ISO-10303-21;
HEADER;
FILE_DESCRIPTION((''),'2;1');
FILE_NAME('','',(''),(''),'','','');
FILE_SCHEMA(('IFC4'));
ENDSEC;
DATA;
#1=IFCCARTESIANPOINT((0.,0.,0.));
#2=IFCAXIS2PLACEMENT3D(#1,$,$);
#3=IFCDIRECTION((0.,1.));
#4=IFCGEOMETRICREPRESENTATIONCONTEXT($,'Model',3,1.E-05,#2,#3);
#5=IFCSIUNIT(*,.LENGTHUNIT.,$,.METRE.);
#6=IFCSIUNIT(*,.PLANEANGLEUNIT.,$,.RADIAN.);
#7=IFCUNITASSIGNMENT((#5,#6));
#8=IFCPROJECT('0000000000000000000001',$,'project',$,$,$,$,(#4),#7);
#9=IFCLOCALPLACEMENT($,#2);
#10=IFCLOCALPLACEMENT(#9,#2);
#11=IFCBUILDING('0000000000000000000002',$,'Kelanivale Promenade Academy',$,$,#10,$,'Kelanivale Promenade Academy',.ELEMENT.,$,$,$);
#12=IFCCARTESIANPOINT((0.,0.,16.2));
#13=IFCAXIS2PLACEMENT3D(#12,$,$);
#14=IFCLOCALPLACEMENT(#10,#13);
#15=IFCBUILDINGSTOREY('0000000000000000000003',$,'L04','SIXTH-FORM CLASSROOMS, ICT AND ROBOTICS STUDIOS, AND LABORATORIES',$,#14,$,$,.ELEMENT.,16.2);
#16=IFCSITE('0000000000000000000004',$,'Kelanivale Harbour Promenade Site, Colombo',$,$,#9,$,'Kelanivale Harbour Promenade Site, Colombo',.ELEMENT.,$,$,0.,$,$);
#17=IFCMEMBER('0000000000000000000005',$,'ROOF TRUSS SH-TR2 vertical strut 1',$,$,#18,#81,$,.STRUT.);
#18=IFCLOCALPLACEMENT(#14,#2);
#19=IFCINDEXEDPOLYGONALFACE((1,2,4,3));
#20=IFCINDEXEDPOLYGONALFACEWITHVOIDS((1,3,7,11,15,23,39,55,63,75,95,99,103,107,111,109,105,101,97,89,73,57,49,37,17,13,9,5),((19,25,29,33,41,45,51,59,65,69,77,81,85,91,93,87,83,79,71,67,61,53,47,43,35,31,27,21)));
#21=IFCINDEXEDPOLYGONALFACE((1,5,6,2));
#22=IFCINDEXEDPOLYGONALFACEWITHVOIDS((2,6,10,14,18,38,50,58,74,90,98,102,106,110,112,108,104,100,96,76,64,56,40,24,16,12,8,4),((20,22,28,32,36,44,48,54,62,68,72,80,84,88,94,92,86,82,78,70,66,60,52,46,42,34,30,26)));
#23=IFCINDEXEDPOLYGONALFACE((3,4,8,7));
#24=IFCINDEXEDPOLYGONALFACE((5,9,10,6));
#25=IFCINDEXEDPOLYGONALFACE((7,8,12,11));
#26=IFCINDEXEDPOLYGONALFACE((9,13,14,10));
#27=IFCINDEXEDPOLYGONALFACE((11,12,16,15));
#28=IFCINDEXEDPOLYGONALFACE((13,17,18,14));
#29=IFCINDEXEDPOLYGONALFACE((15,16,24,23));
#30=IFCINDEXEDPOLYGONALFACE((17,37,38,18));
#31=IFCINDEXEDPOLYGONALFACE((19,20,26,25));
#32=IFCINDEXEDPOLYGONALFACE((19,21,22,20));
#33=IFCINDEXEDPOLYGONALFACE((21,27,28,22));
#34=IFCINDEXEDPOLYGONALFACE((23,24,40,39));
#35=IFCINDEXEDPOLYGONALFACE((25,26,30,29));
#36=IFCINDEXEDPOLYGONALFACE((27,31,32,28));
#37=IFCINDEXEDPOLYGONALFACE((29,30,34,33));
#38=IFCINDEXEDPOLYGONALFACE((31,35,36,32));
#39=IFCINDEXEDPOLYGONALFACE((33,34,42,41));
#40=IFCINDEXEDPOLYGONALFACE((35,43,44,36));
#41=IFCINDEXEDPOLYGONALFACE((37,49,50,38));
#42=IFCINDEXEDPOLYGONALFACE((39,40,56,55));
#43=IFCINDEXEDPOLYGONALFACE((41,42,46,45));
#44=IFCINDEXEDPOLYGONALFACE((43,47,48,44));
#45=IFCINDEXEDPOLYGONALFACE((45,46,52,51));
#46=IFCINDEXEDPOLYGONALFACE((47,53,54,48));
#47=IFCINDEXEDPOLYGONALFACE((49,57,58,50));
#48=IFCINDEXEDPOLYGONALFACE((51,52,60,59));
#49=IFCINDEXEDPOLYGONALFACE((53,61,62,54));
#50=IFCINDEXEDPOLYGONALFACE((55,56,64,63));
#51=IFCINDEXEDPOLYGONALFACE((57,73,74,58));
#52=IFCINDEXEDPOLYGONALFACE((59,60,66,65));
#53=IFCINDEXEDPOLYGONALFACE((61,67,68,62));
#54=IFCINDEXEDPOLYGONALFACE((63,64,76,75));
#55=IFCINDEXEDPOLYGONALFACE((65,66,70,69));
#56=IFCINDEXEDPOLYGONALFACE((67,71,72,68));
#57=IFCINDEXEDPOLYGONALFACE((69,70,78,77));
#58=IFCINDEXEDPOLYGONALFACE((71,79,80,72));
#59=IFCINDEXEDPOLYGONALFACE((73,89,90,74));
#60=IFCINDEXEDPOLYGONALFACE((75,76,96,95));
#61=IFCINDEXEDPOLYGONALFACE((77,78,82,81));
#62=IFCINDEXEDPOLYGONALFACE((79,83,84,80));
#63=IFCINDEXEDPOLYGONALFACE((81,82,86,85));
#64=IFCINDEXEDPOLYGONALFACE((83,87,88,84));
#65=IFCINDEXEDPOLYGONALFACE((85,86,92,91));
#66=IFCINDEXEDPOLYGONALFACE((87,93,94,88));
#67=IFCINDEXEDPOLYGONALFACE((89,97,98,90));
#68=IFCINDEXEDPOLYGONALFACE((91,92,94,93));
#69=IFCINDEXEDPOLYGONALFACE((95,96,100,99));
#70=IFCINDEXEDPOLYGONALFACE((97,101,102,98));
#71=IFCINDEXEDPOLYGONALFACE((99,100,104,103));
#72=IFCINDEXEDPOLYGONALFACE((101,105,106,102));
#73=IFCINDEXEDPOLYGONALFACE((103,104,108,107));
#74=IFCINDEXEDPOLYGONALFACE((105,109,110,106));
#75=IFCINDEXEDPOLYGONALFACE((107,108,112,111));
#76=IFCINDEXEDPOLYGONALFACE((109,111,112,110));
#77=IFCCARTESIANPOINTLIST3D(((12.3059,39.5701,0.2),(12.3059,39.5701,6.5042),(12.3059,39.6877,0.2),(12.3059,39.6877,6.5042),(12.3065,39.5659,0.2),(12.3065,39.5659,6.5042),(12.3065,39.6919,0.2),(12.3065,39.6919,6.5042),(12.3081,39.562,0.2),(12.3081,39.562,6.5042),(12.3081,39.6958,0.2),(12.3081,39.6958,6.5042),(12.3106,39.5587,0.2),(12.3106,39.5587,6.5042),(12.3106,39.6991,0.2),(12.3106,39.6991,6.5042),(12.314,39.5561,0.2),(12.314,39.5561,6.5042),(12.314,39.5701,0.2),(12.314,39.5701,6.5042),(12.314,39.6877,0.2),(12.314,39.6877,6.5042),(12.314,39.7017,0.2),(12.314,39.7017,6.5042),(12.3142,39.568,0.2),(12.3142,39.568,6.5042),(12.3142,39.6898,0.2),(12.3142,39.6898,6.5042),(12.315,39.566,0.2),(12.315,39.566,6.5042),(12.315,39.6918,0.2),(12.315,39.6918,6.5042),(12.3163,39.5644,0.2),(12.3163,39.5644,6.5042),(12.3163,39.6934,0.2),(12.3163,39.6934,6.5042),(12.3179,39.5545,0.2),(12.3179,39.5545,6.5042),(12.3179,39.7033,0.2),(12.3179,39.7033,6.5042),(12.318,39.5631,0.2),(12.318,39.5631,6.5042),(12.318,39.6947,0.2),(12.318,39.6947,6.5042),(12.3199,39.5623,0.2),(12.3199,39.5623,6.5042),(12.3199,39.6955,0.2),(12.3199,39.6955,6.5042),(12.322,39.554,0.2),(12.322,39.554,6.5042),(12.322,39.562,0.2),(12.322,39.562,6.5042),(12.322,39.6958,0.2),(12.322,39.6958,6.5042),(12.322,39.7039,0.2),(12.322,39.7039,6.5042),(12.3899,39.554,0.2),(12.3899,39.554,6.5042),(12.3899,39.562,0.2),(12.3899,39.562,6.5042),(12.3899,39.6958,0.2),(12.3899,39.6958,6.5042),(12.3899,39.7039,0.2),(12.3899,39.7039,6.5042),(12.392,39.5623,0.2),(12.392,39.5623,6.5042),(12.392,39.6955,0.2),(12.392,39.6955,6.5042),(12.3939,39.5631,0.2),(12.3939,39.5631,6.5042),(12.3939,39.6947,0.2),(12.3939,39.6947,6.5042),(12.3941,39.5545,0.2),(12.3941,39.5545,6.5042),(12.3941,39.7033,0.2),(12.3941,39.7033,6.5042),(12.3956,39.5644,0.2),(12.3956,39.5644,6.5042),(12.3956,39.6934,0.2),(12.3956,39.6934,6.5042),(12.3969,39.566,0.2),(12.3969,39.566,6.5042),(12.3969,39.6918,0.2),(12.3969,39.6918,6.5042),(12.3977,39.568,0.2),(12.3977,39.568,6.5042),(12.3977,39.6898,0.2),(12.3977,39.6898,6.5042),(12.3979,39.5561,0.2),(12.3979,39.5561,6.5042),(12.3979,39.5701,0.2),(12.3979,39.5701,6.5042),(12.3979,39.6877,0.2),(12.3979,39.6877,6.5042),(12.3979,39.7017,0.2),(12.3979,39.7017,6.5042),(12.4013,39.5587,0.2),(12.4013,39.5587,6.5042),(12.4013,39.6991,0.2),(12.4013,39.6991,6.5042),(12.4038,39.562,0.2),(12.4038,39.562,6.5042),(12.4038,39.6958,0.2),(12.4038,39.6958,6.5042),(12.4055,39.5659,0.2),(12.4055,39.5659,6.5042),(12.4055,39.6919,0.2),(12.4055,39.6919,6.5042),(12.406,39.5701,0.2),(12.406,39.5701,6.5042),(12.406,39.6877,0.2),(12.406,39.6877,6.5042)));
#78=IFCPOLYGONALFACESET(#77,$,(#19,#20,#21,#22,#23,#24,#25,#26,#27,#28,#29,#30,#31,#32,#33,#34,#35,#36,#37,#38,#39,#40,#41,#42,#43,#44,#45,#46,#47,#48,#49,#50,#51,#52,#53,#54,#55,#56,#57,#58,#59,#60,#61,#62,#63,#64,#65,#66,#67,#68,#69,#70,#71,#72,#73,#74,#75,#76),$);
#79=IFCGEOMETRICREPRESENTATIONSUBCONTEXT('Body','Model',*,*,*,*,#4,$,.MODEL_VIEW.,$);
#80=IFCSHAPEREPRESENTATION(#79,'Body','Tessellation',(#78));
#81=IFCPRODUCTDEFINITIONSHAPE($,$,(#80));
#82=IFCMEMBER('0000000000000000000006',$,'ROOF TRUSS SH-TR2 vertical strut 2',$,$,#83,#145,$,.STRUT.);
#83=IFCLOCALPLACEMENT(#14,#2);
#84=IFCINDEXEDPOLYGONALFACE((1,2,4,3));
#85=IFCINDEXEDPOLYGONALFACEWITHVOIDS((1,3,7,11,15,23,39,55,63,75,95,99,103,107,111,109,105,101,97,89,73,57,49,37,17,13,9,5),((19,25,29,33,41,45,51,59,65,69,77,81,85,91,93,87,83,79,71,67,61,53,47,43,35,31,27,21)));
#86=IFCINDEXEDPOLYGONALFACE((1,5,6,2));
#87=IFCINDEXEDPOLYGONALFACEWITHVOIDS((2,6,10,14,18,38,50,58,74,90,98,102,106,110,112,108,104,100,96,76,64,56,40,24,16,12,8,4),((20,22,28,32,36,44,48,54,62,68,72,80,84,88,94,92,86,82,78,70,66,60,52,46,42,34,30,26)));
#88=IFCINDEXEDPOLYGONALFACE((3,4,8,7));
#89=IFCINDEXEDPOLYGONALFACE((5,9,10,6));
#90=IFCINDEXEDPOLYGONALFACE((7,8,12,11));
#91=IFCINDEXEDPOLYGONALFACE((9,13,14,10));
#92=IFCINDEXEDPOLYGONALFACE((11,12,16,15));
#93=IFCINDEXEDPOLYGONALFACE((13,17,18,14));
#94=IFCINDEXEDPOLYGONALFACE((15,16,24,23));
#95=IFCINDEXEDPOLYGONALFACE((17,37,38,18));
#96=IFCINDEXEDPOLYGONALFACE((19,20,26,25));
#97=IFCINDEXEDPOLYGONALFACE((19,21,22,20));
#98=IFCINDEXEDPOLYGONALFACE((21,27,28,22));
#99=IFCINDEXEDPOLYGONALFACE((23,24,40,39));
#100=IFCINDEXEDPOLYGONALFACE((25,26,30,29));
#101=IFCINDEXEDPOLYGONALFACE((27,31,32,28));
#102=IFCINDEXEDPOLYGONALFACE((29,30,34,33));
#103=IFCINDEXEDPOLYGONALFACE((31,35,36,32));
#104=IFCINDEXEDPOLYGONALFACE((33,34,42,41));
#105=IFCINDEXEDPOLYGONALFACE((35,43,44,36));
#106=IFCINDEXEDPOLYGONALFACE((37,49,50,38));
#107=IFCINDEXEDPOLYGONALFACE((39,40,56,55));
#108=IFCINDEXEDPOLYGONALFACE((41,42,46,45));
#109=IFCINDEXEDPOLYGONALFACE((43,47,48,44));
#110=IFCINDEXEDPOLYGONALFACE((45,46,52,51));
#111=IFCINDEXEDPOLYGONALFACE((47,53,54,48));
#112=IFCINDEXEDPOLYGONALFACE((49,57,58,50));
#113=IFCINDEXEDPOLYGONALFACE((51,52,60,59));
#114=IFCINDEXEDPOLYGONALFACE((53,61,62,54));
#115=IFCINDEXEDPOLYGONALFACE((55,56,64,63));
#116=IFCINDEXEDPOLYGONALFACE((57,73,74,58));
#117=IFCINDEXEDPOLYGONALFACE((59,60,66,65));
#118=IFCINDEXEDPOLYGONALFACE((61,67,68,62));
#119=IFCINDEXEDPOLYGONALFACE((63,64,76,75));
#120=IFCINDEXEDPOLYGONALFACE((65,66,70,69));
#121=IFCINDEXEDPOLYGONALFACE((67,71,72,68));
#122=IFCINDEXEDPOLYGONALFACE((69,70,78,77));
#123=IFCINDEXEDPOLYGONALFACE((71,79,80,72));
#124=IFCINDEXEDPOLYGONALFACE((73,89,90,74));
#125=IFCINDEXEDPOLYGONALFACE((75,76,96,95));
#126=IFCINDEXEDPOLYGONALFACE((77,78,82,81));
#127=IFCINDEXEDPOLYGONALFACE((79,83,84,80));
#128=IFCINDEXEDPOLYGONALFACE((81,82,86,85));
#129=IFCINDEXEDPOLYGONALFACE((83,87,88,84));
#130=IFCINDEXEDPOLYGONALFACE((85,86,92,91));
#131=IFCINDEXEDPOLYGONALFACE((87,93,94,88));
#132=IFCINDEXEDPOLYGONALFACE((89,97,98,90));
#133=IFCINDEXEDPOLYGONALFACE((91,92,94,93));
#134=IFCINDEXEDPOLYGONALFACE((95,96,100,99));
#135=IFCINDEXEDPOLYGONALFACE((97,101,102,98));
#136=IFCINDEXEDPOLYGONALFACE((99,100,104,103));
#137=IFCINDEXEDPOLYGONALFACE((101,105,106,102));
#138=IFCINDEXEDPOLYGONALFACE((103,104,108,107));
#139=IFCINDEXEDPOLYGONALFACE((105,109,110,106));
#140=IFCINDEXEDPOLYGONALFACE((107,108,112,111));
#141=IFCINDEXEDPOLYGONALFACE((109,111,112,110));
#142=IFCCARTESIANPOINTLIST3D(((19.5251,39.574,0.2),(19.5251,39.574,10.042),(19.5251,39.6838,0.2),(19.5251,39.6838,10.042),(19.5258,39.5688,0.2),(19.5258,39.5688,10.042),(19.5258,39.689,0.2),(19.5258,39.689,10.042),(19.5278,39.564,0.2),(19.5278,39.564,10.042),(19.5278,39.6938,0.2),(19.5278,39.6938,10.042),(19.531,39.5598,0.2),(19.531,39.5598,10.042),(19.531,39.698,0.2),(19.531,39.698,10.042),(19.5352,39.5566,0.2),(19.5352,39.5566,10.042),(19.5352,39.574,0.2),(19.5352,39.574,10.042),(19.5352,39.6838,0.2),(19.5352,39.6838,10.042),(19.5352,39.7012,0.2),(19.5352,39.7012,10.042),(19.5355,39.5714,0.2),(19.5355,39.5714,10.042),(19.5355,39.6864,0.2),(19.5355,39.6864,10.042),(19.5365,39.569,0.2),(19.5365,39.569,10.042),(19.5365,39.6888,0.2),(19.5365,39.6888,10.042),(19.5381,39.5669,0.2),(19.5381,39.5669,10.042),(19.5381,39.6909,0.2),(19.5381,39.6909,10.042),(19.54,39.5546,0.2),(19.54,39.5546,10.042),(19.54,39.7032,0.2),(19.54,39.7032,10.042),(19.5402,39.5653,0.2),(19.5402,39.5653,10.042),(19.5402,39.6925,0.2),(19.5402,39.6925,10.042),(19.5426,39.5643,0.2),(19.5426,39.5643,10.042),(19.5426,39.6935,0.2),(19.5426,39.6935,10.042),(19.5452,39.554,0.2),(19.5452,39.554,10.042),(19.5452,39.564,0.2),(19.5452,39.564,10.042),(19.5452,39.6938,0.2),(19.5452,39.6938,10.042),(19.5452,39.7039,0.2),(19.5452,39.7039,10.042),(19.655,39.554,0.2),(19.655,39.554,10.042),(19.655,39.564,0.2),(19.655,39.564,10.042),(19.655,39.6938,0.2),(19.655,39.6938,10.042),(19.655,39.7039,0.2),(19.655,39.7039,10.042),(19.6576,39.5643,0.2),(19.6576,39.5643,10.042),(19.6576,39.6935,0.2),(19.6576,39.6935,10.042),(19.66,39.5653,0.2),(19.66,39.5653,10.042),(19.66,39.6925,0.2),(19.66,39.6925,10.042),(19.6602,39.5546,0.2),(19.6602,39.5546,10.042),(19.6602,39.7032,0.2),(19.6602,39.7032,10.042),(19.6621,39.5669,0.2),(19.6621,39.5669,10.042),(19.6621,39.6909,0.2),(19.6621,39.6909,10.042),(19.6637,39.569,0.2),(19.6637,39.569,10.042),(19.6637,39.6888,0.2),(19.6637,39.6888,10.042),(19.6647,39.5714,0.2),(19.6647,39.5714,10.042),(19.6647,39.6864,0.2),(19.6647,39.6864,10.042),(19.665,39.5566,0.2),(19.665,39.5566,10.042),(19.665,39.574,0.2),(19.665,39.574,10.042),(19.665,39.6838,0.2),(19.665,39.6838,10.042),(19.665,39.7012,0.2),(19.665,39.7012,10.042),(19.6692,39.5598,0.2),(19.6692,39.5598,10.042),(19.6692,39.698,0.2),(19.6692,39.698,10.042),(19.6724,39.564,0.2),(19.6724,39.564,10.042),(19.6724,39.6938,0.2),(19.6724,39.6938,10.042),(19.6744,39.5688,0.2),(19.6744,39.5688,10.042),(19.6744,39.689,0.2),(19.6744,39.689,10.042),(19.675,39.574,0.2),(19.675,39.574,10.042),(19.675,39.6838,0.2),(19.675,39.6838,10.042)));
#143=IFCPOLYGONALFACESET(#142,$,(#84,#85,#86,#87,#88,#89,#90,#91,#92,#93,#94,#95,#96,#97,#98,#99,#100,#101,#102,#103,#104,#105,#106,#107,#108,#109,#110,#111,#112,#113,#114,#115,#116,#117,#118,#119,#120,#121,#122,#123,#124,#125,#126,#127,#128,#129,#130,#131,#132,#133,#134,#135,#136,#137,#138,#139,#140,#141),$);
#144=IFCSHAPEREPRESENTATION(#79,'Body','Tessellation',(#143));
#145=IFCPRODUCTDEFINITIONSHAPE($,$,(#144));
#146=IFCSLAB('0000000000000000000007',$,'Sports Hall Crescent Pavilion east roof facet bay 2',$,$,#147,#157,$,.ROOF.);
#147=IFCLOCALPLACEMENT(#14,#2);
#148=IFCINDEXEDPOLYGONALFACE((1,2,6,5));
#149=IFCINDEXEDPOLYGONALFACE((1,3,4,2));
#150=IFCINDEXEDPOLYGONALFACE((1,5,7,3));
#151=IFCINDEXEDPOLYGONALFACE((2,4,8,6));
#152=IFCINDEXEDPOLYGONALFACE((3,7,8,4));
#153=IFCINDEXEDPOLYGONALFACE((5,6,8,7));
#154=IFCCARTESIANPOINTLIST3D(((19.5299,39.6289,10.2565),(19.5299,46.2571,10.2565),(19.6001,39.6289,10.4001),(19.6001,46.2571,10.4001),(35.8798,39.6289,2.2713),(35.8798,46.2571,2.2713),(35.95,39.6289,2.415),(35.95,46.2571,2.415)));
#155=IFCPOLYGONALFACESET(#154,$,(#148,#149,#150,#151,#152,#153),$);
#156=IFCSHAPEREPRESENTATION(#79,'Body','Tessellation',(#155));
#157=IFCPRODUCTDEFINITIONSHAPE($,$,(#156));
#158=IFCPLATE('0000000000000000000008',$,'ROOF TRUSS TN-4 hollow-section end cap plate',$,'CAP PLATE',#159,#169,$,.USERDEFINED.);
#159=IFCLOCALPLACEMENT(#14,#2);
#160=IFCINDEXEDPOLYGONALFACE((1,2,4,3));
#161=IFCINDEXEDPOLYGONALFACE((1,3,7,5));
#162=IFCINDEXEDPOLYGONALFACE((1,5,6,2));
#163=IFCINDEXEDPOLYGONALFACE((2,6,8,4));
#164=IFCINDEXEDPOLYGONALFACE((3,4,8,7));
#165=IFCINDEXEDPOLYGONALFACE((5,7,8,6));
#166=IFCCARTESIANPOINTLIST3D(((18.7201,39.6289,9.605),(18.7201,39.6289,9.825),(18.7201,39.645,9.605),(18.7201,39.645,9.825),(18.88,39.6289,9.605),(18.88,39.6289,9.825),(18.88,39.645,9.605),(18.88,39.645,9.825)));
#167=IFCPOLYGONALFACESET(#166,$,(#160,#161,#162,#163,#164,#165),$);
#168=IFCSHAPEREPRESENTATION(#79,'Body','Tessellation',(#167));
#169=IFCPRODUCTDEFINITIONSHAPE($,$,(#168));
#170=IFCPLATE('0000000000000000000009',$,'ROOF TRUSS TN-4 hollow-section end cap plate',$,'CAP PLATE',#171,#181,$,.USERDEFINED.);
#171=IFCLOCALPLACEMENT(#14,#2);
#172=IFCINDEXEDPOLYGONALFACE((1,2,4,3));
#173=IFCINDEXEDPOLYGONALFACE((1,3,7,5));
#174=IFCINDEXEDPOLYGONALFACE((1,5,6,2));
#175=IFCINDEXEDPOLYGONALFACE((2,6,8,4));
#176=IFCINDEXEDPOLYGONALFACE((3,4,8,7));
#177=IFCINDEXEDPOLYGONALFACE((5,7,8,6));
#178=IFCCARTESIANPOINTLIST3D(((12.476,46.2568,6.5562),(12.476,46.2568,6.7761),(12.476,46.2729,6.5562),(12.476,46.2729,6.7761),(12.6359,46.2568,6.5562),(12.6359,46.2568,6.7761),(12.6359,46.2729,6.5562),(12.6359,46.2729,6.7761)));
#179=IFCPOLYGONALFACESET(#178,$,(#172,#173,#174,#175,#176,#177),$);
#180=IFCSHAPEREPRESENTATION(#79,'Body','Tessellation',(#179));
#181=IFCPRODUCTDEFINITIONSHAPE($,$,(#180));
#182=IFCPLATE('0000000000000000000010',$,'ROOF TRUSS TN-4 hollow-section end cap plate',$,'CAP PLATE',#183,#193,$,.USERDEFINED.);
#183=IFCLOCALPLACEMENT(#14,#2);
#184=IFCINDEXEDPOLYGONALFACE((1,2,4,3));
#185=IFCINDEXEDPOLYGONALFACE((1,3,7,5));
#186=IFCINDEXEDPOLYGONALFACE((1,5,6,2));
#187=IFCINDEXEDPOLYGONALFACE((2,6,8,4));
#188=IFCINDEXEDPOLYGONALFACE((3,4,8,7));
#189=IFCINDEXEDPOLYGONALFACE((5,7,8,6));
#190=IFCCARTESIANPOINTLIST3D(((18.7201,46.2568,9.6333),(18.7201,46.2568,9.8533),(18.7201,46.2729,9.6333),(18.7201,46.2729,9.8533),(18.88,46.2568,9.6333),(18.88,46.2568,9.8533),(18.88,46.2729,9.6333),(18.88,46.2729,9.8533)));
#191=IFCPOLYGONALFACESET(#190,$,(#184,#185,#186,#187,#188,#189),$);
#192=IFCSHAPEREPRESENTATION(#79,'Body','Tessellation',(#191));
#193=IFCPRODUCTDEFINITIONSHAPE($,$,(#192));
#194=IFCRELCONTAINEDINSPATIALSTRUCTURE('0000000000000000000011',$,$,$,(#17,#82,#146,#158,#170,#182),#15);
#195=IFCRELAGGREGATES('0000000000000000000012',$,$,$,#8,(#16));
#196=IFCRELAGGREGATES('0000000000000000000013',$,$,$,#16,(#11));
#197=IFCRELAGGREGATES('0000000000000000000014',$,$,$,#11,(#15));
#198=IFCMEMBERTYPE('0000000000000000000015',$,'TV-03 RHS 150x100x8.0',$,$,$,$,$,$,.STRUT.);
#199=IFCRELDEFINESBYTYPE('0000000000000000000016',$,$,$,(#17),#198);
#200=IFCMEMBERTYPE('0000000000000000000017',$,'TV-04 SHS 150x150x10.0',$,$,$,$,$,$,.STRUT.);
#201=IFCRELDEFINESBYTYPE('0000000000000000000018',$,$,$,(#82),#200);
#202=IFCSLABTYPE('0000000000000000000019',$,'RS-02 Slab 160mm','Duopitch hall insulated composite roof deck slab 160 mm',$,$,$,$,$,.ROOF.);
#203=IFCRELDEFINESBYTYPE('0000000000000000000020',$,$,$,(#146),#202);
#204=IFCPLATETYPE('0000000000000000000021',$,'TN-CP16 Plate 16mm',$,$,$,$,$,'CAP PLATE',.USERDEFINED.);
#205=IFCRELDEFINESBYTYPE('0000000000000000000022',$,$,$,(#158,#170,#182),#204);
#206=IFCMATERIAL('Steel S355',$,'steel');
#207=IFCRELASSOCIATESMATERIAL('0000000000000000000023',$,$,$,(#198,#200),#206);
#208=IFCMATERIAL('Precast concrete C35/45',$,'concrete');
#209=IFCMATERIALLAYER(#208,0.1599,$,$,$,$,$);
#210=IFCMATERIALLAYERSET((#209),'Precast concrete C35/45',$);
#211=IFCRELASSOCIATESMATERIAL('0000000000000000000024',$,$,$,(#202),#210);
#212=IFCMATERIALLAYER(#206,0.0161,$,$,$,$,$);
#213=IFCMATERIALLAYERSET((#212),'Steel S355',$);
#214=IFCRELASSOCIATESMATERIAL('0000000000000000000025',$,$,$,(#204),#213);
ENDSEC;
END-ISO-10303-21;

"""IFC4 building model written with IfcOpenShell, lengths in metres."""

from ifc_helpers import new_model, si_unit, direction, frame, origin, origin_2d, place, context, subcontext, project, spatial, polyline, rectangle, hollow_rectangle, outline, extrude, material, layer, layer_set, material_profile, profile_set, type_object, element, save


model = new_model("IFC4")

# Units and contexts
model_context = context("Model", 3, precision=1e-05, world=origin(), true_north=direction((0.0, 1.0)))
body_context = subcontext(model_context, "Body", "Model", "MODEL_VIEW")
ifc_project = project(units=[si_unit("LENGTHUNIT", "METRE"), si_unit("PLANEANGLEUNIT", "RADIAN")], contexts=[model_context])

# Site, building, storey
site_placement = place(None, origin())
site = spatial("IfcSite", under=ifc_project, at=site_placement, Name="Kelanivale Harbour Promenade Site, Colombo", LongName="Kelanivale Harbour Promenade Site, Colombo", CompositionType="ELEMENT", RefElevation=0.0)
building_placement = place(site_placement, origin())
building = spatial("IfcBuilding", under=site, at=building_placement, Name="Kelanivale Promenade Academy", LongName="Kelanivale Promenade Academy", CompositionType="ELEMENT")
storey_placement = place(building_placement, frame((0.0, 0.0, 16.2)))
storey = spatial("IfcBuildingStorey", under=building, at=storey_placement, Name="L04", Description="SIXTH-FORM CLASSROOMS, ICT AND ROBOTICS STUDIOS, AND LABORATORIES", CompositionType="ELEMENT", Elevation=16.2)

# Members
ifc_material_1 = material(Name="Steel S355", Category="steel")
ifc_material_profile_1 = material_profile(ifc_material_1, hollow_rectangle(XDim=0.1001, YDim=0.1499, WallThickness=0.0081, InnerFilletRadius=0.0081, OuterFilletRadius=0.0161, at=origin_2d()), Name="RHS 150x100x8.0")
ifc_profile_set_1 = profile_set([ifc_material_profile_1], Name="Steel S355")
member_type_1 = type_object("IfcMemberType", Name="TV-03 RHS 150x100x8.0", PredefinedType="STRUT", material=ifc_profile_set_1)
member_1_placement = place(storey_placement, frame((12.356, 39.6289, 0.2), z_axis=(0.0, 0.0, 1.0), x_axis=(1.0, 0.0, 0.0)))
element("IfcMember", 1, at=member_1_placement, inside=storey, type_object=member_type_1, Name="ROOF TRUSS SH-TR2 vertical strut 1", PredefinedType="STRUT", context=body_context, shape_type="SweptSolid", body=[
    extrude(hollow_rectangle(XDim=0.1001, YDim=0.1499, WallThickness=0.0081, InnerFilletRadius=0.0081, OuterFilletRadius=0.0161, at=origin_2d()), origin(), (0.0, 0.0, 1.0), 6.3042),
])
ifc_material_profile_2 = material_profile(ifc_material_1, hollow_rectangle(XDim=0.1499, YDim=0.1499, WallThickness=0.01, InnerFilletRadius=0.01, OuterFilletRadius=0.02, at=origin_2d()), Name="SHS 150x150x10.0")
ifc_profile_set_2 = profile_set([ifc_material_profile_2], Name="Steel S355")
member_type_2 = type_object("IfcMemberType", Name="TV-04 SHS 150x150x10.0", PredefinedType="STRUT", material=ifc_profile_set_2)
member_2_placement = place(storey_placement, frame((19.6001, 39.6289, 0.2), z_axis=(0.0, 0.0, 1.0), x_axis=(1.0, 0.0, 0.0)))
element("IfcMember", 2, at=member_2_placement, inside=storey, type_object=member_type_2, Name="ROOF TRUSS SH-TR2 vertical strut 2", PredefinedType="STRUT", context=body_context, shape_type="SweptSolid", body=[
    extrude(hollow_rectangle(XDim=0.1499, YDim=0.1499, WallThickness=0.01, InnerFilletRadius=0.01, OuterFilletRadius=0.02, at=origin_2d()), origin(), (0.0, 0.0, 1.0), 9.842),
])

# Slab
ifc_material_2 = material(Name="Precast concrete C35/45", Category="concrete")
ifc_layer_1 = layer(ifc_material_2, 0.1599)
ifc_layer_set_1 = layer_set([ifc_layer_1], Name="Precast concrete C35/45")
slab_type = type_object("IfcSlabType", Name="RS-02 Slab 160mm", Description="Duopitch hall insulated composite roof deck slab 160 mm", PredefinedType="ROOF", material=ifc_layer_set_1)
slab_placement = place(storey_placement, frame((19.6001, 39.6289, 10.4001), z_axis=(0.438848, 0.0, 0.898561), x_axis=(0.898561, 0.0, -0.438848)))
element("IfcSlab", 3, at=slab_placement, inside=storey, type_object=slab_type, Name="Sports Hall Crescent Pavilion east roof facet bay 2", PredefinedType="ROOF", context=body_context, shape_type="SweptSolid", body=[
    extrude(outline(polyline([(0.0, 0.0), (18.1956, 0.0), (18.1956, 6.6282), (0.0, 6.6282), (0.0, 0.0)])), origin(), (0.0, 0.0, -1.0), 0.1599),
])

# Plates
ifc_layer_2 = layer(ifc_material_1, 0.0161)
ifc_layer_set_2 = layer_set([ifc_layer_2], Name="Steel S355")
plate_type_1 = type_object("IfcPlateType", Name="TN-CP16 Plate 16mm", ElementType="CAP PLATE", PredefinedType="USERDEFINED", material=ifc_layer_set_2)
for number, where, z_axis, x_axis, name in (
    (4, (18.8, 39.637, 9.605), (0.0, 0.0, 1.0), (0.0, 1.0, 0.0), "ROOF TRUSS TN-4 hollow-section end cap plate"),
    (5, (12.5559, 46.2649, 6.5562), (0.0, 0.0, 1.0), (0.0, 1.0, 0.0), "ROOF TRUSS TN-4 hollow-section end cap plate"),
    (6, (18.8, 46.2649, 9.6333), (0.0, 0.0, 1.0), (0.0, 1.0, 0.0), "ROOF TRUSS TN-4 hollow-section end cap plate"),
):
    element("IfcPlate", number, at=place(storey_placement, frame(where, z_axis=z_axis, x_axis=x_axis)), inside=storey, type_object=plate_type_1, Name=name, ObjectType="CAP PLATE", PredefinedType="USERDEFINED", context=body_context, shape_type="SweptSolid", body=[
        extrude(rectangle(XDim=0.0161, YDim=0.1599, at=origin_2d()), origin(), (0.0, 0.0, 1.0), 0.22),
    ])

save(model, "model.ifc")
